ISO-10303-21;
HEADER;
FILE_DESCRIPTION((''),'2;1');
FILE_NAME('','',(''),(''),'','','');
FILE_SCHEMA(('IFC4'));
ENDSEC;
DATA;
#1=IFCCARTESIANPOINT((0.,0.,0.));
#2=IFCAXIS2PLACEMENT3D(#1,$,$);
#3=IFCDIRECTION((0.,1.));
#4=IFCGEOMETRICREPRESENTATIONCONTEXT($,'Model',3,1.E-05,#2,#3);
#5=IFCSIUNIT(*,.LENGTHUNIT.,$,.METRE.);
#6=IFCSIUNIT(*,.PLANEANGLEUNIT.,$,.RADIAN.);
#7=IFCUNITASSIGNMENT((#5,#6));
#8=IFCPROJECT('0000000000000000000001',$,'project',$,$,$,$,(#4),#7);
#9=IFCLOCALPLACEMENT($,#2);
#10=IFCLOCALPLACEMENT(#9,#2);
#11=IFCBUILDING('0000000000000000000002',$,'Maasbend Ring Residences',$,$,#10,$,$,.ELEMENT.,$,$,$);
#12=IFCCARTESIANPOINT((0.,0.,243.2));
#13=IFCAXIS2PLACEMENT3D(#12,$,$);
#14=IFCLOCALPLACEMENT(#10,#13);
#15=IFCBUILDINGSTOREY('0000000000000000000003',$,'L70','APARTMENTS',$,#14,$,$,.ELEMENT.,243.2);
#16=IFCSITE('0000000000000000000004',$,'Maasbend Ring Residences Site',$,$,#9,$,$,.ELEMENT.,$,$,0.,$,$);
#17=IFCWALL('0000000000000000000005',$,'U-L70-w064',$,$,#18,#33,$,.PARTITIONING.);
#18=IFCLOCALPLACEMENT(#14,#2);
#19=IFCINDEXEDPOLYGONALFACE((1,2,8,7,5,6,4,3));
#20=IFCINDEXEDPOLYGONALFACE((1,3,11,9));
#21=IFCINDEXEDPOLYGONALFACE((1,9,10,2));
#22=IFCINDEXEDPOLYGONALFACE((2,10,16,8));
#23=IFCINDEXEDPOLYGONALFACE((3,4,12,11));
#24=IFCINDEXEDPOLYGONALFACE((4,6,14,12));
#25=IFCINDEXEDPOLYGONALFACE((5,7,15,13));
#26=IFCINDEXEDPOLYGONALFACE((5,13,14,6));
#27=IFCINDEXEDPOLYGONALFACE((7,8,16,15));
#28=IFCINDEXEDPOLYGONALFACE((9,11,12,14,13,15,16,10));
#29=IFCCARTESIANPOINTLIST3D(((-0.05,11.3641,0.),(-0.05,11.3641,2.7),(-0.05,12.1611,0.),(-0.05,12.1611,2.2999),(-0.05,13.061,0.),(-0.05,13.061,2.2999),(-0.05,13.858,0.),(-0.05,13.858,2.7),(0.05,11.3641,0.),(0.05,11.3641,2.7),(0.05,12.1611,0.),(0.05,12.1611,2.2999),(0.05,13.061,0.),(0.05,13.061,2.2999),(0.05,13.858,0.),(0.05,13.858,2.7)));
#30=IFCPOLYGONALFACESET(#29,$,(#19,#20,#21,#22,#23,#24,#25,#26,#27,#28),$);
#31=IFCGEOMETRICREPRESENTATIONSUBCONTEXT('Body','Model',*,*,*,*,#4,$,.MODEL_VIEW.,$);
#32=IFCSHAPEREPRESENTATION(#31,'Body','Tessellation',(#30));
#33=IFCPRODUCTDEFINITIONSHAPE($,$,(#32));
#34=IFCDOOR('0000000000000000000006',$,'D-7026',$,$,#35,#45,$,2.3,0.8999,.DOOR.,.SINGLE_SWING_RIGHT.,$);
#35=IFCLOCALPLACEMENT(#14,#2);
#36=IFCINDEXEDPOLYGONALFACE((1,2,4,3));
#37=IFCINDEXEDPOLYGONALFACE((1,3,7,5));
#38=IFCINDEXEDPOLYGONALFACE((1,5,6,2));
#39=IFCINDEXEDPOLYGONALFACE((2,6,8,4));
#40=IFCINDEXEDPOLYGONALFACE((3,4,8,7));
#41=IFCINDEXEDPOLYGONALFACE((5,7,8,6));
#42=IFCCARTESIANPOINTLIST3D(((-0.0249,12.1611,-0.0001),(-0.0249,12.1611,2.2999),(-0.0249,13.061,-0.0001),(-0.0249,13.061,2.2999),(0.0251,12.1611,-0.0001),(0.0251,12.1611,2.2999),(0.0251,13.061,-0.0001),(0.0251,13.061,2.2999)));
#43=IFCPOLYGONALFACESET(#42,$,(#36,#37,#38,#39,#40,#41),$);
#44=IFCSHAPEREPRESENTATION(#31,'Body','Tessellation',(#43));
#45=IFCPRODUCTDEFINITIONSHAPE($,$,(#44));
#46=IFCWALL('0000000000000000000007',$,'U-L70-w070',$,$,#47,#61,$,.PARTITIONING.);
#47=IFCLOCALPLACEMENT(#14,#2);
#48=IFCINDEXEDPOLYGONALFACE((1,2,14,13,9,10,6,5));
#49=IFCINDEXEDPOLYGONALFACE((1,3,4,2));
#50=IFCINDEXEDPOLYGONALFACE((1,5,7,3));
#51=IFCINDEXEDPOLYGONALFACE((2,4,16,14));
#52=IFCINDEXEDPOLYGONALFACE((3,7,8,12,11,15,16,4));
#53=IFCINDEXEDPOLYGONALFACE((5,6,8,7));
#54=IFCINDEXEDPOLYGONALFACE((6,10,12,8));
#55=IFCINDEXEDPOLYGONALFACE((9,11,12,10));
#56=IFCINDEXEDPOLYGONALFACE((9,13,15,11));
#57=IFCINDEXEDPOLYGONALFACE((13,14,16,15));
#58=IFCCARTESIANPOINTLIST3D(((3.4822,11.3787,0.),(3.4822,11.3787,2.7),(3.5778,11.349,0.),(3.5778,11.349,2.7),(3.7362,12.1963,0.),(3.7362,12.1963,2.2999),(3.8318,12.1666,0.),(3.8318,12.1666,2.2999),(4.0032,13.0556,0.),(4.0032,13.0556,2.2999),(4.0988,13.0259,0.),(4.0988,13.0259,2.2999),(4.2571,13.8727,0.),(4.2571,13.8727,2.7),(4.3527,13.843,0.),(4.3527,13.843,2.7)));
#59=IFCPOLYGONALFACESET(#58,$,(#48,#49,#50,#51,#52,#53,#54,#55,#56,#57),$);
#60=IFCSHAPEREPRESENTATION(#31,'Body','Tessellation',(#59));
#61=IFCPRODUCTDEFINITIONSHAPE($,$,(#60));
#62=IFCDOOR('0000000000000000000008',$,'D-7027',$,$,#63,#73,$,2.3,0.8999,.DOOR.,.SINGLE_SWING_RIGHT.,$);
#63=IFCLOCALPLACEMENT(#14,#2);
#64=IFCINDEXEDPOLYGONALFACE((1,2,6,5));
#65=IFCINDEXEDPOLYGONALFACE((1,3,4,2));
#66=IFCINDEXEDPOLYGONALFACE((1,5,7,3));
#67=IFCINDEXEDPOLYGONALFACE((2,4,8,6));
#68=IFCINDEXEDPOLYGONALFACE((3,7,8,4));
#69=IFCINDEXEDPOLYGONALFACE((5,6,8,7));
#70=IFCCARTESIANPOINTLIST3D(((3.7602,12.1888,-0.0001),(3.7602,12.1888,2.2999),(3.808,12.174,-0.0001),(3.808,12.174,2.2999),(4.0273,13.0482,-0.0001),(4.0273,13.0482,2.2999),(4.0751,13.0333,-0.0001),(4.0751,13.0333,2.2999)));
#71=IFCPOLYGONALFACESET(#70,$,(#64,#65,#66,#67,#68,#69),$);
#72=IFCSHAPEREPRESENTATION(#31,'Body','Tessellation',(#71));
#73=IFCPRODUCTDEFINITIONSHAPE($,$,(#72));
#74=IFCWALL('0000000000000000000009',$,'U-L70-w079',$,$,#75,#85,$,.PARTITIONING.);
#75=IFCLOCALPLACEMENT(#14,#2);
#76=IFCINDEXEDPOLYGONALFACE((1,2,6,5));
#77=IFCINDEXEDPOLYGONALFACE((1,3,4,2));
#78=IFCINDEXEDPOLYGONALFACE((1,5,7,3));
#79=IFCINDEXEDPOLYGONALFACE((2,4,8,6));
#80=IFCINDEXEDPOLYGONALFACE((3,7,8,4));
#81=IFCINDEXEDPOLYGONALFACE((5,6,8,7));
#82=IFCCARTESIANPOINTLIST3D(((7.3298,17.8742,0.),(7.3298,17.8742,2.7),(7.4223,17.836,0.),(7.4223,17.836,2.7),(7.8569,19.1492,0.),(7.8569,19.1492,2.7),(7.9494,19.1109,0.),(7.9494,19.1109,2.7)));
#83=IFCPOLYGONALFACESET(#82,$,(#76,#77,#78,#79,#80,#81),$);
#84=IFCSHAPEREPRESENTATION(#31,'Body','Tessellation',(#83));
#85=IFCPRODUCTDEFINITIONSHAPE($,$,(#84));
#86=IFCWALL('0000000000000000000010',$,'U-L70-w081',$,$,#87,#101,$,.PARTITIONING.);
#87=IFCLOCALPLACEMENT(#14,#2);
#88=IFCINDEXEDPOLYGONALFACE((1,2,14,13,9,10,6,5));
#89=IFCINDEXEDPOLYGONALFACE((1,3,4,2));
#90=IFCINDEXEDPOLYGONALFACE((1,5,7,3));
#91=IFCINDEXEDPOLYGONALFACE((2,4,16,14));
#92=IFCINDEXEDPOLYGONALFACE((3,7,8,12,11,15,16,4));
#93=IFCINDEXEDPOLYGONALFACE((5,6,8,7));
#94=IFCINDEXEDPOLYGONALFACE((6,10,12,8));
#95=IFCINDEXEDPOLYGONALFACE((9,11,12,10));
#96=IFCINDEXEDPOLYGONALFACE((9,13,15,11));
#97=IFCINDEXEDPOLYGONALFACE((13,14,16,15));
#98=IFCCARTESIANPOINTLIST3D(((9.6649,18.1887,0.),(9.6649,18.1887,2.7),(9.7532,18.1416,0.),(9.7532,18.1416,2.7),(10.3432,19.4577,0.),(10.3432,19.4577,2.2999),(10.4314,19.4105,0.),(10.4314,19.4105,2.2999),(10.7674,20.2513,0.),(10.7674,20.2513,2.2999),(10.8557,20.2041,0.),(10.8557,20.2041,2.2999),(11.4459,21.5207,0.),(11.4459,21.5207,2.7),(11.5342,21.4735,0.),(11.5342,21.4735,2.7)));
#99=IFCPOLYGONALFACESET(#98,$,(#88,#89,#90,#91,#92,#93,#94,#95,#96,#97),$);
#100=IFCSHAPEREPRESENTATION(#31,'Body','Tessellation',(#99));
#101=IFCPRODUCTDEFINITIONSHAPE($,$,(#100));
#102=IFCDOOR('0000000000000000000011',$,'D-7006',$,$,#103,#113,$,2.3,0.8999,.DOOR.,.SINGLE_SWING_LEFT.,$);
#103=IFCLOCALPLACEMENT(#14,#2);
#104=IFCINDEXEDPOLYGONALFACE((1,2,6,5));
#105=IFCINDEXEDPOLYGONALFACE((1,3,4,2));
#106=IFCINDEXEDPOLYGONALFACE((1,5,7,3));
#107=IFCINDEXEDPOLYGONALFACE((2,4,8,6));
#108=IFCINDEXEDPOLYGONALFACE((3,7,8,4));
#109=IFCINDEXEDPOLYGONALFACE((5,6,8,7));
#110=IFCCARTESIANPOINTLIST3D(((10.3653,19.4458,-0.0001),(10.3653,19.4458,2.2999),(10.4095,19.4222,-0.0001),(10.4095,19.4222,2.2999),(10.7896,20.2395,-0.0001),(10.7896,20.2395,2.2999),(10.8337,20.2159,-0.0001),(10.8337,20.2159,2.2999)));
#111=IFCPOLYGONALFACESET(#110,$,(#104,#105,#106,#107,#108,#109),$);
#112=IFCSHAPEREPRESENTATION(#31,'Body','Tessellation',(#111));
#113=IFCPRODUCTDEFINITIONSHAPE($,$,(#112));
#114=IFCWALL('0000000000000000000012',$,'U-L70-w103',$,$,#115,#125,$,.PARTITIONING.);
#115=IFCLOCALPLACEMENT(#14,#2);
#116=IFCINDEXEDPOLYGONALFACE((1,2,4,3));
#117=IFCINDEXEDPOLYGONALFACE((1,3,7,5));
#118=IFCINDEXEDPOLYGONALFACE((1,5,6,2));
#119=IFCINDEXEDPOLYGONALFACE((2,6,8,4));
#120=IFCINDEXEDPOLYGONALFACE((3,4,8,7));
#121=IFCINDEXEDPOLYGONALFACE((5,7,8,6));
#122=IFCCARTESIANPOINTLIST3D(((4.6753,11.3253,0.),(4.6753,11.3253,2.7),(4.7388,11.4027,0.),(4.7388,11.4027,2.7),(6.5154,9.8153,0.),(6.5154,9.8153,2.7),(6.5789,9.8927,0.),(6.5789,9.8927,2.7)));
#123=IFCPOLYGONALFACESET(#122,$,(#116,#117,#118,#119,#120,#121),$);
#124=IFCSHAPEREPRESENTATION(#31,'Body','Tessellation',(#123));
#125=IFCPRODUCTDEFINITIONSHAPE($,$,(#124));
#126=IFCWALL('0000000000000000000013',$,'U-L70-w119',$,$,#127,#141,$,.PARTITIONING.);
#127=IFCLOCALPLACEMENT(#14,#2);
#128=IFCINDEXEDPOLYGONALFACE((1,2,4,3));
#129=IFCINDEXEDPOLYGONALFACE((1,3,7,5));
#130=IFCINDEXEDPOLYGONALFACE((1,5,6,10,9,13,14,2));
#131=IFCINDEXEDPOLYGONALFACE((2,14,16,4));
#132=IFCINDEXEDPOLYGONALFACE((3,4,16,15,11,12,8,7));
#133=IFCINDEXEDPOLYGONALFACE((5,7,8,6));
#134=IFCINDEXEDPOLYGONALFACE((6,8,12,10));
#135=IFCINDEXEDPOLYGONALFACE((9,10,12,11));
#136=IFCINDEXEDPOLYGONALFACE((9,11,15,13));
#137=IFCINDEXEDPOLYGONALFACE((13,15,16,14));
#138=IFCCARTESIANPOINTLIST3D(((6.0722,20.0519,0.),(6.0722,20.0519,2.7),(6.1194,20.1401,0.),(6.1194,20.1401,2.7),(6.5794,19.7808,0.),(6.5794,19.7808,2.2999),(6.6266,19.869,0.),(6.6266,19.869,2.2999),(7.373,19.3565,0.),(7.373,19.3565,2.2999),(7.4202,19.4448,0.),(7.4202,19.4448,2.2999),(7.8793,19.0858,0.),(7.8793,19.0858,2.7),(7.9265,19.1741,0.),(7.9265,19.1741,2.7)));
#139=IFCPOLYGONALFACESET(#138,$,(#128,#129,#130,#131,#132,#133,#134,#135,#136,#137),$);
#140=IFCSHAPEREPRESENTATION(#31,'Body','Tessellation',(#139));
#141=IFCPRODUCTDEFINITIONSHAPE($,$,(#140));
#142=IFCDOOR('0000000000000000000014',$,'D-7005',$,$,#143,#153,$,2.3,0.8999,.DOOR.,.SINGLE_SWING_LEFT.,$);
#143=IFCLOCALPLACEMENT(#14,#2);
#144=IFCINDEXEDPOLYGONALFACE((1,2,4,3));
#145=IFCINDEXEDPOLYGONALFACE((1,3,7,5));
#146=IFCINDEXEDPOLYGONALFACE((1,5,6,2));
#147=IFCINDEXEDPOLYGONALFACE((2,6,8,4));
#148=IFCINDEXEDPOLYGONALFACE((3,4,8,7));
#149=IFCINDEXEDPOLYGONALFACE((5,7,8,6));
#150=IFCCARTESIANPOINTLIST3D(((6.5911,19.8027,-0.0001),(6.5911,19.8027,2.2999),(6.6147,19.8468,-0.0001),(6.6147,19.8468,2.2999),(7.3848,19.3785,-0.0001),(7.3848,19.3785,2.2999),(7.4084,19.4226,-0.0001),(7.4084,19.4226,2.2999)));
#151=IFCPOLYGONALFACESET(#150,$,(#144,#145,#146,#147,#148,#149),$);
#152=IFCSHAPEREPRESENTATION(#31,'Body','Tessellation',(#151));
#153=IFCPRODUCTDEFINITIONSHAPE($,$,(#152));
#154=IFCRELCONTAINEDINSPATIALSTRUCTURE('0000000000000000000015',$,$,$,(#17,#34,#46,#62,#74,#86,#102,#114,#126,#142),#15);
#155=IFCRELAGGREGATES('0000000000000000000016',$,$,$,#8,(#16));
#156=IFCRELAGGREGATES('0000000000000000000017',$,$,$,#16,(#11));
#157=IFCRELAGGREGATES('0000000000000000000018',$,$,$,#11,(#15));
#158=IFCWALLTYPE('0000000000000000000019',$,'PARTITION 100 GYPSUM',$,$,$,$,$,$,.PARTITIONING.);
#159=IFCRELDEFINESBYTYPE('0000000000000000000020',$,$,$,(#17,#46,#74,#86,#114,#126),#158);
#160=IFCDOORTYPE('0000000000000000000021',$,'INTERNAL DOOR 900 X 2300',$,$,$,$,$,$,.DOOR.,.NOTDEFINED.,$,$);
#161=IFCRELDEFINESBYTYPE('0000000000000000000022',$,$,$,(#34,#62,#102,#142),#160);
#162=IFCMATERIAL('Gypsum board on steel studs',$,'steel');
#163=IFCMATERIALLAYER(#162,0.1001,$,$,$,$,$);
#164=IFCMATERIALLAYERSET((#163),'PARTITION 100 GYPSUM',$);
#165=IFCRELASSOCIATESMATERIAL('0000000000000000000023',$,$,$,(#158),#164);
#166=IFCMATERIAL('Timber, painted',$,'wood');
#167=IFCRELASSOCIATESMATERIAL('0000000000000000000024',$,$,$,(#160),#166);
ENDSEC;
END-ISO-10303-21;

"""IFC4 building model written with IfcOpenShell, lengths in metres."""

from ifc_helpers import new_model, si_unit, direction, frame, frame_2d, origin, place, context, subcontext, project, spatial, rectangle, extrude, material, layer, layer_set, type_object, element, fill, save


model = new_model("IFC4")

# Units and contexts
model_context = context("Model", 3, precision=1e-05, world=origin(), true_north=direction((0.0, 1.0)))
body_context = subcontext(model_context, "Body", "Model", "MODEL_VIEW")
ifc_project = project(units=[si_unit("LENGTHUNIT", "METRE"), si_unit("PLANEANGLEUNIT", "RADIAN")], contexts=[model_context])

# Site, building, storey
site_placement = place(None, origin())
site = spatial("IfcSite", under=ifc_project, at=site_placement, Name="Maasbend Ring Residences Site", CompositionType="ELEMENT", RefElevation=0.0)
building_placement = place(site_placement, origin())
building = spatial("IfcBuilding", under=site, at=building_placement, Name="Maasbend Ring Residences", CompositionType="ELEMENT")
storey_placement = place(building_placement, frame((0.0, 0.0, 243.2)))
storey = spatial("IfcBuildingStorey", under=building, at=storey_placement, Name="L70", Description="APARTMENTS", CompositionType="ELEMENT", Elevation=243.2)

# Walls, openings, doors
ifc_material_1 = material(Name="Gypsum board on steel studs", Category="steel")
ifc_layer_1 = layer(ifc_material_1, 0.1001)
ifc_layer_set_1 = layer_set([ifc_layer_1], Name="PARTITION 100 GYPSUM")
wall_type_1 = type_object("IfcWallType", Name="PARTITION 100 GYPSUM", PredefinedType="PARTITIONING", material=ifc_layer_set_1)
wall_1_placement = place(storey_placement, frame((0.0, 11.364, 0.0), z_axis=(0.0, 0.0, 1.0), x_axis=(0.0, 1.0, 0.0)))
wall_1 = element("IfcWall", 1, at=wall_1_placement, inside=storey, type_object=wall_type_1, Name="U-L70-w064", PredefinedType="PARTITIONING", context=body_context, shape_type="SweptSolid", body=[
    extrude(rectangle(XDim=2.4939, YDim=0.1001, at=frame_2d((1.2471, 0.0))), origin(), (0.0, 0.0, 1.0), 2.7),
])
opening_1_placement = place(wall_1_placement, frame((0.7971, 0.0, 0.0)))
opening_1 = element("IfcOpeningElement", 2, at=opening_1_placement, cuts=wall_1, PredefinedType="OPENING", context=body_context, shape_type="SweptSolid", body=[
    extrude(rectangle(XDim=0.8999, YDim=2.3, at=frame_2d((0.45, 1.1499))), frame((0.0, 0.0601, 0.0), z_axis=(0.0, -1.0, 0.0), x_axis=(1.0, 0.0, 0.0)), (0.0, 0.0, 1.0), 0.1201),
])
ifc_material_2 = material(Name="Timber, painted", Category="wood")
door_type_1 = type_object("IfcDoorType", Name="INTERNAL DOOR 900 X 2300", OperationType="NOTDEFINED", PredefinedType="DOOR", material=ifc_material_2)
door_1_placement = place(opening_1_placement, origin())
door_1 = element("IfcDoor", 3, at=door_1_placement, inside=storey, type_object=door_type_1, Name="D-7026", OperationType="SINGLE_SWING_RIGHT", OverallHeight=2.3, OverallWidth=0.8999, PredefinedType="DOOR", context=body_context, shape_type="SweptSolid", body=[
    extrude(rectangle(XDim=0.8999, YDim=2.3, at=frame_2d((0.45, 1.1499))), frame((0.0, 0.0249, 0.0), z_axis=(0.0, -1.0, 0.0), x_axis=(1.0, 0.0, 0.0)), (0.0, 0.0, 1.0), 0.05),
])
fill(opening_1, door_1)
wall_2_placement = place(storey_placement, frame((3.53, 11.364, 0.0), z_axis=(0.0, 0.0, 1.0), x_axis=(0.296726, 0.954963, 0.0)))
wall_2 = element("IfcWall", 4, at=wall_2_placement, inside=storey, type_object=wall_type_1, Name="U-L70-w070", PredefinedType="PARTITIONING", context=body_context, shape_type="SweptSolid", body=[
    extrude(rectangle(XDim=2.6116, YDim=0.1001, at=frame_2d((1.3057, 0.0))), origin(), (0.0, 0.0, 1.0), 2.7),
])
opening_2_placement = place(wall_2_placement, frame((0.856, 0.0, 0.0)))
opening_2 = element("IfcOpeningElement", 5, at=opening_2_placement, cuts=wall_2, PredefinedType="OPENING", context=body_context, shape_type="SweptSolid", body=[
    extrude(rectangle(XDim=0.8999, YDim=2.3, at=frame_2d((0.45, 1.1499))), frame((0.0, 0.0601, 0.0), z_axis=(0.0, -1.0, 0.0), x_axis=(1.0, 0.0, 0.0)), (0.0, 0.0, 1.0), 0.1201),
])
door_2_placement = place(opening_2_placement, origin())
door_2 = element("IfcDoor", 6, at=door_2_placement, inside=storey, type_object=door_type_1, Name="D-7027", OperationType="SINGLE_SWING_RIGHT", OverallHeight=2.3, OverallWidth=0.8999, PredefinedType="DOOR", context=body_context, shape_type="SweptSolid", body=[
    extrude(rectangle(XDim=0.8999, YDim=2.3, at=frame_2d((0.45, 1.1499))), frame((0.0, 0.0249, 0.0), z_axis=(0.0, -1.0, 0.0), x_axis=(1.0, 0.0, 0.0)), (0.0, 0.0, 1.0), 0.05),
])
fill(opening_2, door_2)

# Wall
wall_3_placement = place(storey_placement, frame((7.376, 17.855, 0.0), z_axis=(0.0, 0.0, 1.0), x_axis=(0.382076, 0.924131, 0.0)))
element("IfcWall", 7, at=wall_3_placement, inside=storey, type_object=wall_type_1, Name="U-L70-w079", PredefinedType="PARTITIONING", context=body_context, shape_type="SweptSolid", body=[
    extrude(rectangle(XDim=1.3796, YDim=0.1001, at=frame_2d((0.6899, 0.0))), origin(), (0.0, 0.0, 1.0), 2.7),
])

# Wall, opening, door
wall_4_placement = place(storey_placement, frame((9.709, 18.165, 0.0), z_axis=(0.0, 0.0, 1.0), x_axis=(0.471396, 0.881921, 0.0)))
wall_4 = element("IfcWall", 8, at=wall_4_placement, inside=storey, type_object=wall_type_1, Name="U-L70-w081", PredefinedType="PARTITIONING", context=body_context, shape_type="SweptSolid", body=[
    extrude(rectangle(XDim=3.7781, YDim=0.1001, at=frame_2d((1.8892, 0.0))), origin(), (0.0, 0.0, 1.0), 2.7),
])
opening_3_placement = place(wall_4_placement, frame((1.439, 0.0, 0.0)))
opening_3 = element("IfcOpeningElement", 9, at=opening_3_placement, cuts=wall_4, PredefinedType="OPENING", context=body_context, shape_type="SweptSolid", body=[
    extrude(rectangle(XDim=0.8999, YDim=2.3, at=frame_2d((0.45, 1.1499))), frame((0.0, 0.0601, 0.0), z_axis=(0.0, -1.0, 0.0), x_axis=(1.0, 0.0, 0.0)), (0.0, 0.0, 1.0), 0.1201),
])
door_3_placement = place(opening_3_placement, origin())
door_3 = element("IfcDoor", 10, at=door_3_placement, inside=storey, type_object=door_type_1, Name="D-7006", OperationType="SINGLE_SWING_LEFT", OverallHeight=2.3, OverallWidth=0.8999, PredefinedType="DOOR", context=body_context, shape_type="SweptSolid", body=[
    extrude(rectangle(XDim=0.8999, YDim=2.3, at=frame_2d((0.45, 1.1499))), frame((0.0, 0.0249, 0.0), z_axis=(0.0, -1.0, 0.0), x_axis=(1.0, 0.0, 0.0)), (0.0, 0.0, 1.0), 0.05),
])
fill(opening_3, door_3)

# Wall
wall_5_placement = place(storey_placement, frame((4.707, 11.364, 0.0), z_axis=(0.0, 0.0, 1.0), x_axis=(0.773033, -0.634365, 0.0)))
element("IfcWall", 11, at=wall_5_placement, inside=storey, type_object=wall_type_1, Name="U-L70-w103", PredefinedType="PARTITIONING", context=body_context, shape_type="SweptSolid", body=[
    extrude(rectangle(XDim=2.3804, YDim=0.1001, at=frame_2d((1.1902, 0.0))), origin(), (0.0, 0.0, 1.0), 2.7),
])

# Wall, opening, door
wall_6_placement = place(storey_placement, frame((6.0959, 20.0959, 0.0), z_axis=(0.0, 0.0, 1.0), x_axis=(0.881894, -0.471448, 0.0)))
wall_6 = element("IfcWall", 12, at=wall_6_placement, inside=storey, type_object=wall_type_1, Name="U-L70-w119", PredefinedType="PARTITIONING", context=body_context, shape_type="SweptSolid", body=[
    extrude(rectangle(XDim=2.0491, YDim=0.1001, at=frame_2d((1.0244, 0.0))), origin(), (0.0, 0.0, 1.0), 2.7),
])
opening_4_placement = place(wall_6_placement, frame((0.575, 0.0, 0.0)))
opening_4 = element("IfcOpeningElement", 13, at=opening_4_placement, cuts=wall_6, PredefinedType="OPENING", context=body_context, shape_type="SweptSolid", body=[
    extrude(rectangle(XDim=0.8999, YDim=2.3, at=frame_2d((0.45, 1.1499))), frame((0.0, 0.0601, 0.0), z_axis=(0.0, -1.0, 0.0), x_axis=(1.0, 0.0, 0.0)), (0.0, 0.0, 1.0), 0.1201),
])
door_4_placement = place(opening_4_placement, origin())
door_4 = element("IfcDoor", 14, at=door_4_placement, inside=storey, type_object=door_type_1, Name="D-7005", OperationType="SINGLE_SWING_LEFT", OverallHeight=2.3, OverallWidth=0.8999, PredefinedType="DOOR", context=body_context, shape_type="SweptSolid", body=[
    extrude(rectangle(XDim=0.8999, YDim=2.3, at=frame_2d((0.45, 1.1499))), frame((0.0, 0.0249, 0.0), z_axis=(0.0, -1.0, 0.0), x_axis=(1.0, 0.0, 0.0)), (0.0, 0.0, 1.0), 0.05),
])
fill(opening_4, door_4)

save(model, "model.ifc")
